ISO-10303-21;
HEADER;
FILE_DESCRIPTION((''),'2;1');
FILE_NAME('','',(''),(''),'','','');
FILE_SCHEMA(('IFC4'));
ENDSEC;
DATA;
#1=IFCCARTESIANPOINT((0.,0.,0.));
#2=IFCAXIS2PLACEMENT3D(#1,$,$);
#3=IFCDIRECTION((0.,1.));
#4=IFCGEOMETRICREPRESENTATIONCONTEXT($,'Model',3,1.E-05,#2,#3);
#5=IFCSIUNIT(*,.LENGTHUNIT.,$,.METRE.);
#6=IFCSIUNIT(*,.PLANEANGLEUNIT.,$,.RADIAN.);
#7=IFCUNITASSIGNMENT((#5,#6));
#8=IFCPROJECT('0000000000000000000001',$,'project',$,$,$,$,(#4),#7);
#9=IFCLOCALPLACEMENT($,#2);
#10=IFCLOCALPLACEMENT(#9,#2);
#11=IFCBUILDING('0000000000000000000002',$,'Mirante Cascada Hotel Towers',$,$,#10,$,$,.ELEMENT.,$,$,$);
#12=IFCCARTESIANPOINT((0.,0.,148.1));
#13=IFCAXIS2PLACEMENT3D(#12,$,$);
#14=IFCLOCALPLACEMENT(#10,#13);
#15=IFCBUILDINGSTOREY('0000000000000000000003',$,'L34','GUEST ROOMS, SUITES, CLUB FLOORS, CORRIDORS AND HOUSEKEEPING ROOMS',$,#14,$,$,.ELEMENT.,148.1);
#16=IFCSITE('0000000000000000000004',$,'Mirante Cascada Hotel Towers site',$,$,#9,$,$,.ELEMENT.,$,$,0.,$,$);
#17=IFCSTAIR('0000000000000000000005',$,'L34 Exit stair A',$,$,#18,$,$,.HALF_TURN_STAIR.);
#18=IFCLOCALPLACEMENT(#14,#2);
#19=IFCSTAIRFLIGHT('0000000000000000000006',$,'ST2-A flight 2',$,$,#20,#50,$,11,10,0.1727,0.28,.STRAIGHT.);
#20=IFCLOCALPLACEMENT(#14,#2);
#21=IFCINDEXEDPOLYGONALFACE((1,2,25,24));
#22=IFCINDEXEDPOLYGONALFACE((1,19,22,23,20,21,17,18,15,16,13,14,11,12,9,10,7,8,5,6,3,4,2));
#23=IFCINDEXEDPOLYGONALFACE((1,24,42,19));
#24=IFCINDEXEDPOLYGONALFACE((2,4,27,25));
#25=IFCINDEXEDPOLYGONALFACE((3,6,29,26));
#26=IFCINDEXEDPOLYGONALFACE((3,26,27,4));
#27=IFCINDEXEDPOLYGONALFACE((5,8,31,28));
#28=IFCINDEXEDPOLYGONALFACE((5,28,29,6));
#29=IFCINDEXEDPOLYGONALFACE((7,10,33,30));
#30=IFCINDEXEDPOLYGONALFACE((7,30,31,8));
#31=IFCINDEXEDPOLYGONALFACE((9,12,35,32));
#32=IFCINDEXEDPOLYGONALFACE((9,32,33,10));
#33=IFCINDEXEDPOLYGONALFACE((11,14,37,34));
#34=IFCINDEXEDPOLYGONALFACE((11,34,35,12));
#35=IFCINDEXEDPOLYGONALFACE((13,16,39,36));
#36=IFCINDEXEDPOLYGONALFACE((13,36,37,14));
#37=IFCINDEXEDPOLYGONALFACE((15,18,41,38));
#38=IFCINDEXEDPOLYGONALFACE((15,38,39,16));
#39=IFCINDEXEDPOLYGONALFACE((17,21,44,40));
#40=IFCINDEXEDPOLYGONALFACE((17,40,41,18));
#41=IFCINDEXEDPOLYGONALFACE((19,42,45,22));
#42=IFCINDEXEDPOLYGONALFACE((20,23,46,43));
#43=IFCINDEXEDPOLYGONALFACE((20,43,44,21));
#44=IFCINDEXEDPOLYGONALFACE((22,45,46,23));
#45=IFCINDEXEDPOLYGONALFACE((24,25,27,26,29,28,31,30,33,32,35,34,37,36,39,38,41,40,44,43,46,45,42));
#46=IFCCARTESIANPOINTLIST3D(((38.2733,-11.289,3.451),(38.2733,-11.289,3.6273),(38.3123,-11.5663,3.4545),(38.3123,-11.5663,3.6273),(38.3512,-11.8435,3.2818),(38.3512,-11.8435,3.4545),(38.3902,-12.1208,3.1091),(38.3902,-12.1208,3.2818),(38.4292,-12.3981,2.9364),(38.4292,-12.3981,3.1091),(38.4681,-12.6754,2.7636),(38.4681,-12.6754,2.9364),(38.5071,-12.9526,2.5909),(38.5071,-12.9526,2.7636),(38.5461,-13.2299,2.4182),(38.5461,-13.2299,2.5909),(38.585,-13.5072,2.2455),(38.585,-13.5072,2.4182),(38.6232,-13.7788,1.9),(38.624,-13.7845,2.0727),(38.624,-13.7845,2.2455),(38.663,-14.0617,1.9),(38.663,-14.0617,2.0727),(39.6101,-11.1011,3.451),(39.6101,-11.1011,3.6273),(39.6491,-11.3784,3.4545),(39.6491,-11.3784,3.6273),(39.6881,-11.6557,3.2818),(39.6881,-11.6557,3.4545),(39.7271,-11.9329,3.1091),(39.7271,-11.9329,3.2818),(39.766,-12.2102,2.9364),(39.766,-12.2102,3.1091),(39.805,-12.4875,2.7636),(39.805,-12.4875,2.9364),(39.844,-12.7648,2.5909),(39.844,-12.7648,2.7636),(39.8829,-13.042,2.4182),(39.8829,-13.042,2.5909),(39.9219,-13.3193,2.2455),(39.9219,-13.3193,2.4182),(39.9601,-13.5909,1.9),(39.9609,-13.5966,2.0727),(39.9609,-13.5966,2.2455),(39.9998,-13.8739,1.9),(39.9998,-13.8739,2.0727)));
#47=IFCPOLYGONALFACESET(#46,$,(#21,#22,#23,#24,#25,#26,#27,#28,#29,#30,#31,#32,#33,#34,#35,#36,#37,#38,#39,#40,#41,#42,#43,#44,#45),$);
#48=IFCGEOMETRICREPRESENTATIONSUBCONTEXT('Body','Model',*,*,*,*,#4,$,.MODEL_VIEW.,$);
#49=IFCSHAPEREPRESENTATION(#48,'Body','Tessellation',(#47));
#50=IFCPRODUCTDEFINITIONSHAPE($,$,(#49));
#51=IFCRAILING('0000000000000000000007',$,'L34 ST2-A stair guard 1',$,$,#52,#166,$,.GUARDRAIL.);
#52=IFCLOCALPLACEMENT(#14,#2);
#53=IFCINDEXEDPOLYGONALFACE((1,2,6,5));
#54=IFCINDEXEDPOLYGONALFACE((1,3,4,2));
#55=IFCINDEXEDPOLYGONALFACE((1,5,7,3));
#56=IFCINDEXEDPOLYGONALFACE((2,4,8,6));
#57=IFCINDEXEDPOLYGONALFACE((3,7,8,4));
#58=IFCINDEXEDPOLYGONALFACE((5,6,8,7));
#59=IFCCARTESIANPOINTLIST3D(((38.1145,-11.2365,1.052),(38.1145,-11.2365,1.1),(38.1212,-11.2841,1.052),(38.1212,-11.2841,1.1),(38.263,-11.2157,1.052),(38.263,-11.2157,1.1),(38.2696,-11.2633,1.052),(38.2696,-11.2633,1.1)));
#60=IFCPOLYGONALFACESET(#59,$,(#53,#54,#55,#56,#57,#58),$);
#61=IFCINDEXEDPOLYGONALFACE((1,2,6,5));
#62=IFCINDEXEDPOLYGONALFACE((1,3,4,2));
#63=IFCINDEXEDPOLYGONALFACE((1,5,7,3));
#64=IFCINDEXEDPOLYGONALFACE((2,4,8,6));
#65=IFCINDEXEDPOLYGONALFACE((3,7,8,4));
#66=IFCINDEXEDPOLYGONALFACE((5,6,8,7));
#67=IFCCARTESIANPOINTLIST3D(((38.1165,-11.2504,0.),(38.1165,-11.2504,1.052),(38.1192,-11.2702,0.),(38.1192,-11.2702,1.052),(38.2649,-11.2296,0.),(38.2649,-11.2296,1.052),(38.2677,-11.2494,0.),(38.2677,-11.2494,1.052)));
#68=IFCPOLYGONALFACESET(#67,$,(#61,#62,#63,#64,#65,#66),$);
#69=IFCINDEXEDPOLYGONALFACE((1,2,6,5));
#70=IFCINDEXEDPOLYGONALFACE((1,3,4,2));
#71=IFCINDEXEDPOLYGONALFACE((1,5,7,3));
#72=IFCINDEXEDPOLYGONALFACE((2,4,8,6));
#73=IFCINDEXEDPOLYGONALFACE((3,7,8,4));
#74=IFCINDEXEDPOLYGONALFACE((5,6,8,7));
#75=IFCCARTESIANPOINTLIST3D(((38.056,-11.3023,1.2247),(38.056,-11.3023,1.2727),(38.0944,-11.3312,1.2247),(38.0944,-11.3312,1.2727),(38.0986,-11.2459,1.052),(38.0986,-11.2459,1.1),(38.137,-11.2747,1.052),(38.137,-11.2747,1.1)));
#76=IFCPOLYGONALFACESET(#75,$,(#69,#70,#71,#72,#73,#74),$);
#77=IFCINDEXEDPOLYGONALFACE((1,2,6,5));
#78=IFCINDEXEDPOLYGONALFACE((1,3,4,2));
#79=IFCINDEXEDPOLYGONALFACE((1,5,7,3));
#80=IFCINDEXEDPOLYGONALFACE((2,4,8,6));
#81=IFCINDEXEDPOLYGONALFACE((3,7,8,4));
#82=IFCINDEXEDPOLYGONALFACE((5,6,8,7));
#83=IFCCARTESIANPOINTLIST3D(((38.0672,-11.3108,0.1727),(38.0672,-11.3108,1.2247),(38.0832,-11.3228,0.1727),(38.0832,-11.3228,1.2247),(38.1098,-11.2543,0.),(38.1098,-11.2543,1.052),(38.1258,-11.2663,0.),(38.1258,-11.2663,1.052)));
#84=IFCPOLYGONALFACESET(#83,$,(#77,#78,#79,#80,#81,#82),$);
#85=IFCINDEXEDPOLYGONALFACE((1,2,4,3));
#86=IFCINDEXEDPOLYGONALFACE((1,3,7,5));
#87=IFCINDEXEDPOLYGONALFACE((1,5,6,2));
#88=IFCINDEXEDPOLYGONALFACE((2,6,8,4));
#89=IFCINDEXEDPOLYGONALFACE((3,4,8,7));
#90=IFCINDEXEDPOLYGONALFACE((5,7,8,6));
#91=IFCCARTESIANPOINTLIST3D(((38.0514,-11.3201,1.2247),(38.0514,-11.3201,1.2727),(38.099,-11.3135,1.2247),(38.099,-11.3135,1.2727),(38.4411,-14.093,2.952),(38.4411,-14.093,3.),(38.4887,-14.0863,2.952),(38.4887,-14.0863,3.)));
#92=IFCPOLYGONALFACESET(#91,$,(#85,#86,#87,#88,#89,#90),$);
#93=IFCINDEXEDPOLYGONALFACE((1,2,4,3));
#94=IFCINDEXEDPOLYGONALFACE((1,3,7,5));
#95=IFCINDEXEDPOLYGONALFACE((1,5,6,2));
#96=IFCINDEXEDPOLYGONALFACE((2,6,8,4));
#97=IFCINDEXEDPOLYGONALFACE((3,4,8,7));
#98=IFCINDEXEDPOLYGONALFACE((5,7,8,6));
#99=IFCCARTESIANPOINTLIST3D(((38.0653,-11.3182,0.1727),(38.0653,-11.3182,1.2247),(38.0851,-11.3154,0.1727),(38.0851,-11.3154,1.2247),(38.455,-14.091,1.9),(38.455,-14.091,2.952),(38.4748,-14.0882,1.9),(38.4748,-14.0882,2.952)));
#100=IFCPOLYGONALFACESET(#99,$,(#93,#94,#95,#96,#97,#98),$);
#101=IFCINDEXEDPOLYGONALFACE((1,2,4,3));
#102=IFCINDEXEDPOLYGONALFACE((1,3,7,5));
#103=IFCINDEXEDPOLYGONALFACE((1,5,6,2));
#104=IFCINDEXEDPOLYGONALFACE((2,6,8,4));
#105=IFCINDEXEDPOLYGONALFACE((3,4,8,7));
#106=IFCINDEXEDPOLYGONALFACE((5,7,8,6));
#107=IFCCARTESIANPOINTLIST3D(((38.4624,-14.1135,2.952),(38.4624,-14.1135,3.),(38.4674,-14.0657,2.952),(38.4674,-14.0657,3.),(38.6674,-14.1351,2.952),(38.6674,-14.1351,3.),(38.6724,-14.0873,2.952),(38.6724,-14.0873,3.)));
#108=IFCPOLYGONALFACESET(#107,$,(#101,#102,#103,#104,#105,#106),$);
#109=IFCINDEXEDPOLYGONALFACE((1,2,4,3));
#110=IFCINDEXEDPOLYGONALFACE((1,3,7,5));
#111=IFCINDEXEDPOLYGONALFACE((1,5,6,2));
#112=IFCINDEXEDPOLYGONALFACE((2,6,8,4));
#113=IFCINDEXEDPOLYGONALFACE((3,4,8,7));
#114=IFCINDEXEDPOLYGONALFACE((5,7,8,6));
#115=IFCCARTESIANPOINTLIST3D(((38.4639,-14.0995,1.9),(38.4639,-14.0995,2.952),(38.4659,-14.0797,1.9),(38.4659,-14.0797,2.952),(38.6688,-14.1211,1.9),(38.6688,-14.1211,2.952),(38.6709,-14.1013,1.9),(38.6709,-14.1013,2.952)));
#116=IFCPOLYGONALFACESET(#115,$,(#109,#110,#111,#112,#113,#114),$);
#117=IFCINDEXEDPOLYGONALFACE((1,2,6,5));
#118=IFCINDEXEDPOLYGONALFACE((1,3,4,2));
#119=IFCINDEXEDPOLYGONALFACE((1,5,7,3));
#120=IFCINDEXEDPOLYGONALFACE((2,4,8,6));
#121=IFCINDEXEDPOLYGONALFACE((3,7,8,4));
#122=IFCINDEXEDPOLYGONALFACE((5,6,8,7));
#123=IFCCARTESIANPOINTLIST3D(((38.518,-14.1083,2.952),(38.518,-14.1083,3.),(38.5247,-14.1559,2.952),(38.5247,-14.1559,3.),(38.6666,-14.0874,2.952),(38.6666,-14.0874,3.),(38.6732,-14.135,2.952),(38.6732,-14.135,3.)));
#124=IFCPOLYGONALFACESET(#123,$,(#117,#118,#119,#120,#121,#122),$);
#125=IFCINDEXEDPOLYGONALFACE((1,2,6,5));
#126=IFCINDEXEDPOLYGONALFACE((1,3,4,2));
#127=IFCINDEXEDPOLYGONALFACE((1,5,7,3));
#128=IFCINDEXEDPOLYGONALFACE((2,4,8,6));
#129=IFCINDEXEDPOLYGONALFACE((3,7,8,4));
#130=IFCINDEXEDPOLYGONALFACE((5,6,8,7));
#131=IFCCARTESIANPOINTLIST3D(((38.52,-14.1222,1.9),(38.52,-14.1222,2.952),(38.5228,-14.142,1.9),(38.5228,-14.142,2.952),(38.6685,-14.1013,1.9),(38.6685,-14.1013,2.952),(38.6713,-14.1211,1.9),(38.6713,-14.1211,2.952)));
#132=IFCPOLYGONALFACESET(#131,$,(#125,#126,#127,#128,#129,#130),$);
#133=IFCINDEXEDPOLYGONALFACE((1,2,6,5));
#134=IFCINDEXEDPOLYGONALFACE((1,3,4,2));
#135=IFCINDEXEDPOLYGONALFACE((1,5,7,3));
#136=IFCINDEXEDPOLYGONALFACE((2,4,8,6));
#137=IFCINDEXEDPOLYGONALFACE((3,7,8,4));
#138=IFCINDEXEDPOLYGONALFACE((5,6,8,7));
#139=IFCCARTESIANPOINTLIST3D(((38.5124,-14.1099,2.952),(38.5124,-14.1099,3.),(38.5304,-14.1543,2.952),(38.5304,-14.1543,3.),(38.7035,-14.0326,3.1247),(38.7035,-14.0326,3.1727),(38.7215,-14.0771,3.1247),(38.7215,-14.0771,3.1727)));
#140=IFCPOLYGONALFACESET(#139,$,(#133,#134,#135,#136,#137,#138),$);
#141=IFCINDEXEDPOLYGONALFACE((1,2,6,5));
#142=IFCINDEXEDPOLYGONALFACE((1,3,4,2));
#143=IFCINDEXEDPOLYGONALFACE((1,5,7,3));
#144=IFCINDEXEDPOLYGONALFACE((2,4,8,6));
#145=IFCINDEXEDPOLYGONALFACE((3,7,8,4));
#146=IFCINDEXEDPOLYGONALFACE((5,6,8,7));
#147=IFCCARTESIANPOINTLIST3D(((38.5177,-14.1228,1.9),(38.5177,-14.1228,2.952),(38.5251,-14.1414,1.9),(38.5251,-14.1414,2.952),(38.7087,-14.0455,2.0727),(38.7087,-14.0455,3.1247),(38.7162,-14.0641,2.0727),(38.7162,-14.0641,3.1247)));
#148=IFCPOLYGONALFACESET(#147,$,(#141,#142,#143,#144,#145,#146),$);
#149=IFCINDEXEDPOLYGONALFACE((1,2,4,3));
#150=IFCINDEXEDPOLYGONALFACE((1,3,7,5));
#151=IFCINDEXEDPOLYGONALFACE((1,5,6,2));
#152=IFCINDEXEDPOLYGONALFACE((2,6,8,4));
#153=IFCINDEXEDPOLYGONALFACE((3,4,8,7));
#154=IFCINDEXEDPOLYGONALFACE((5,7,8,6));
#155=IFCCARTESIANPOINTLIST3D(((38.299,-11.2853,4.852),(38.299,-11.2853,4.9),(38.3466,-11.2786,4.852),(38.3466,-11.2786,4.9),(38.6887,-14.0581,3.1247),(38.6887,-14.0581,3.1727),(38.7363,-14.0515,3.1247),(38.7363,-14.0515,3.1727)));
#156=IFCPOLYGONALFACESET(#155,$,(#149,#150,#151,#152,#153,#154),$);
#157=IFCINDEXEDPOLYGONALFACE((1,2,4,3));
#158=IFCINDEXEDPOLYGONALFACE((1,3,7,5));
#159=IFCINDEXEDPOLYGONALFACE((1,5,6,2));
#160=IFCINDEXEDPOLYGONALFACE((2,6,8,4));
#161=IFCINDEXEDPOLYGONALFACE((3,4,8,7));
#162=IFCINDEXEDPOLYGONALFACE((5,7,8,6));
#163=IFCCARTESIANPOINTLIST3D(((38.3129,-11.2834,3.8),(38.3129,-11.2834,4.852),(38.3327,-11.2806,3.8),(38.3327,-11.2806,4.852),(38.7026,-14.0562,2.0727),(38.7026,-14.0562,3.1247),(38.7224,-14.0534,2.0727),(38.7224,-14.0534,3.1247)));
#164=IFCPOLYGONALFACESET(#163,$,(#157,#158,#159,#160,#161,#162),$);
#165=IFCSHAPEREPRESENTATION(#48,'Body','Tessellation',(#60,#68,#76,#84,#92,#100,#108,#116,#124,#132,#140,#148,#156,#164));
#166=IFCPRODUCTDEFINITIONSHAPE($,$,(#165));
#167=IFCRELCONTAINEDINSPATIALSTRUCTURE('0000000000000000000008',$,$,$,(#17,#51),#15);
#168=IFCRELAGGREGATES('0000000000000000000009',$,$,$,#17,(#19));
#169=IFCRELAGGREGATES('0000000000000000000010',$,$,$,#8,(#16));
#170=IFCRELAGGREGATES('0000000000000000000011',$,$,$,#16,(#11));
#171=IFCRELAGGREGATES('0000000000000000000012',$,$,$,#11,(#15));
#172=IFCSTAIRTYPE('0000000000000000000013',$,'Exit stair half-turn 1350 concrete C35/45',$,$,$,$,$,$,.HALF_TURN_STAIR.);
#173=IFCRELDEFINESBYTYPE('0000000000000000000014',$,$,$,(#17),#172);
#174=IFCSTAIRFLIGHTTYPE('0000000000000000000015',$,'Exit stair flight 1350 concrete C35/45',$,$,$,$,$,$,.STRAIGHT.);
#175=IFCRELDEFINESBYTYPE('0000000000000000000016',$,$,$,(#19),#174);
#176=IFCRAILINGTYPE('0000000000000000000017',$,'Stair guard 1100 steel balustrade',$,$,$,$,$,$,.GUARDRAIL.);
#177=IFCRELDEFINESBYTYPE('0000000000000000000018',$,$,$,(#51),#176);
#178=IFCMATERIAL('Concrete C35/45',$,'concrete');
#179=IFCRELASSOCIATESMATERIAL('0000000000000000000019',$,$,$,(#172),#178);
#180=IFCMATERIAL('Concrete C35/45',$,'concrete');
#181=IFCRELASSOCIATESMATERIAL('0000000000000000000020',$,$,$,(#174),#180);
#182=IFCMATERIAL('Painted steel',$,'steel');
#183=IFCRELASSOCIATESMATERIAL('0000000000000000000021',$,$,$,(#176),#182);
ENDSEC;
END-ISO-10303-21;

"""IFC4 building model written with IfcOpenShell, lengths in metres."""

from ifc_helpers import new_model, si_unit, direction, frame, origin, origin_2d, place, context, subcontext, project, spatial, polyline, rectangle, outline, extrude, material, type_object, element, aggregate, save


model = new_model("IFC4")

# Units and contexts
model_context = context("Model", 3, precision=1e-05, world=origin(), true_north=direction((0.0, 1.0)))
body_context = subcontext(model_context, "Body", "Model", "MODEL_VIEW")
ifc_project = project(units=[si_unit("LENGTHUNIT", "METRE"), si_unit("PLANEANGLEUNIT", "RADIAN")], contexts=[model_context])

# Site, building, storey
site_placement = place(None, origin())
site = spatial("IfcSite", under=ifc_project, at=site_placement, Name="Mirante Cascada Hotel Towers site", CompositionType="ELEMENT", RefElevation=0.0)
building_placement = place(site_placement, origin())
building = spatial("IfcBuilding", under=site, at=building_placement, Name="Mirante Cascada Hotel Towers", CompositionType="ELEMENT")
storey_placement = place(building_placement, frame((0.0, 0.0, 148.1)))
storey = spatial("IfcBuildingStorey", under=building, at=storey_placement, Name="L34", Description="GUEST ROOMS, SUITES, CLUB FLOORS, CORRIDORS AND HOUSEKEEPING ROOMS", CompositionType="ELEMENT", Elevation=148.1)

# Stair, stair flight
ifc_material_1 = material(Name="Concrete C35/45", Category="concrete")
stair_type = type_object("IfcStairType", Name="Exit stair half-turn 1350 concrete C35/45", PredefinedType="HALF_TURN_STAIR", material=ifc_material_1)
stair_placement = place(storey_placement, origin())
stair = element("IfcStair", 1, at=stair_placement, inside=storey, type_object=stair_type, Name="L34 Exit stair A", PredefinedType="HALF_TURN_STAIR")
ifc_material_2 = material(Name="Concrete C35/45", Category="concrete")
stair_flight_type = type_object("IfcStairFlightType", Name="Exit stair flight 1350 concrete C35/45", PredefinedType="STRAIGHT", material=ifc_material_2)
stair_flight_placement = place(storey_placement, frame((39.3314, -13.9678, 1.9), z_axis=(0.0, 0.0, 1.0), x_axis=(-0.139173, 0.990268, 0.0)))
stair_flight = element("IfcStairFlight", 2, at=stair_flight_placement, type_object=stair_flight_type, Name="ST2-A flight 2", NumberOfRisers=11, NumberOfTreads=10, PredefinedType="STRAIGHT", RiserHeight=0.1727, TreadLength=0.28, context=body_context, shape_type="SweptSolid", body=[
    extrude(outline(polyline([(0.0, 0.0), (0.0, 0.1727), (0.28, 0.1727), (0.28, 0.3455), (0.56, 0.3455), (0.56, 0.5182), (0.84, 0.5182), (0.84, 0.6909), (1.12, 0.6909), (1.12, 0.8636), (1.4, 0.8636), (1.4, 1.0364), (1.68, 1.0364), (1.68, 1.2091), (1.96, 1.2091), (1.96, 1.3818), (2.24, 1.3818), (2.24, 1.5545), (2.52, 1.5545), (2.52, 1.7273), (2.8, 1.7273), (2.8, 1.9), (2.8, 1.551), (0.2857, 0.0), (0.0, 0.0)])), frame((0.0, 0.675, 0.0), z_axis=(0.0, -1.0, 0.0), x_axis=(1.0, 0.0, 0.0)), (0.0, 0.0, 1.0), 1.35),
])
aggregate(stair, [stair_flight])

# Railing
ifc_material_3 = material(Name="Painted steel", Category="steel")
railing_type = type_object("IfcRailingType", Name="Stair guard 1100 steel balustrade", PredefinedType="GUARDRAIL", material=ifc_material_3)
railing_placement = place(storey_placement, frame((38.2663, -11.2395, 0.0)))
element("IfcRailing", 3, at=railing_placement, inside=storey, type_object=railing_type, Name="L34 ST2-A stair guard 1", PredefinedType="GUARDRAIL", context=body_context, shape_type="SweptSolid", body=[
    extrude(rectangle(XDim=0.048, YDim=0.048, at=origin_2d()), frame((0.0, 0.0, 1.076), z_axis=(-0.990333, -0.138713, 0.0), x_axis=(0.138713, -0.990333, 0.0)), (0.0, 0.0, 1.0), 0.1499),
    extrude(rectangle(XDim=0.02, YDim=1.052, at=origin_2d()), frame((0.0, 0.0, 0.526), z_axis=(-0.990333, -0.138713, 0.0), x_axis=(0.138713, -0.990333, 0.0)), (0.0, 0.0, 1.0), 0.1499),
    extrude(rectangle(XDim=0.048, YDim=0.048, at=origin_2d()), frame((-0.1485, -0.0208, 1.076), z_axis=(-0.602033, -0.798471, 0.0), x_axis=(0.798471, -0.602033, 0.0)), (0.0, 0.92534, 0.379139), 0.1866),
    extrude(rectangle(XDim=0.02, YDim=1.052, at=origin_2d()), frame((-0.1485, -0.0208, 0.526), z_axis=(-0.602033, -0.798471, 0.0), x_axis=(0.798471, -0.602033, 0.0)), (0.0, 0.92534, 0.379139), 0.1866),
    extrude(rectangle(XDim=0.048, YDim=0.048, at=origin_2d()), frame((-0.1911, -0.0773, 1.2487), z_axis=(0.139176, -0.990268, 0.0), x_axis=(0.990268, 0.139176, 0.0)), (0.0, 0.525021, 0.851089), 3.29),
    extrude(rectangle(XDim=0.02, YDim=1.052, at=origin_2d()), frame((-0.1911, -0.0773, 0.6987), z_axis=(0.139176, -0.990268, 0.0), x_axis=(0.990268, 0.139176, 0.0)), (0.0, 0.525021, 0.851089), 3.29),
    extrude(rectangle(XDim=0.048, YDim=0.048, at=origin_2d()), frame((0.1986, -2.8501, 2.976), z_axis=(0.994495, -0.104786, 0.0), x_axis=(0.104786, 0.994495, 0.0)), (0.0, 0.0, 1.0), 0.2061),
    extrude(rectangle(XDim=0.02, YDim=1.052, at=origin_2d()), frame((0.1986, -2.8501, 2.426), z_axis=(0.994495, -0.104786, 0.0), x_axis=(0.104786, 0.994495, 0.0)), (0.0, 0.0, 1.0), 0.2061),
    extrude(rectangle(XDim=0.048, YDim=0.048, at=origin_2d()), frame((0.4036, -2.8717, 2.976), z_axis=(-0.990241, -0.139367, 0.0), x_axis=(0.139367, -0.990241, 0.0)), (0.0, 0.0, 1.0), 0.15),
    extrude(rectangle(XDim=0.02, YDim=1.052, at=origin_2d()), frame((0.4036, -2.8717, 2.426), z_axis=(-0.990241, -0.139367, 0.0), x_axis=(0.139367, -0.990241, 0.0)), (0.0, 0.0, 1.0), 0.15),
    extrude(rectangle(XDim=0.048, YDim=0.048, at=origin_2d()), frame((0.2551, -2.8926, 2.976), z_axis=(0.927031, 0.374984, 0.0), x_axis=(-0.374984, 0.927031, 0.0)), (0.0, 0.64219, 0.766545), 0.2689),
    extrude(rectangle(XDim=0.02, YDim=1.052, at=origin_2d()), frame((0.2551, -2.8926, 2.426), z_axis=(0.927031, 0.374984, 0.0), x_axis=(-0.374984, 0.927031, 0.0)), (0.0, 0.64219, 0.766545), 0.2689),
    extrude(rectangle(XDim=0.048, YDim=0.048, at=origin_2d()), frame((0.4462, -2.8153, 3.1487), z_axis=(-0.139176, 0.990268, 0.0), x_axis=(-0.990268, -0.139176, 0.0)), (0.0, 0.525021, 0.851089), 3.29),
    extrude(rectangle(XDim=0.02, YDim=1.052, at=origin_2d()), frame((0.4462, -2.8153, 2.5987), z_axis=(-0.139176, 0.990268, 0.0), x_axis=(-0.990268, -0.139176, 0.0)), (0.0, 0.525021, 0.851089), 3.29),
])

save(model, "model.ifc")
